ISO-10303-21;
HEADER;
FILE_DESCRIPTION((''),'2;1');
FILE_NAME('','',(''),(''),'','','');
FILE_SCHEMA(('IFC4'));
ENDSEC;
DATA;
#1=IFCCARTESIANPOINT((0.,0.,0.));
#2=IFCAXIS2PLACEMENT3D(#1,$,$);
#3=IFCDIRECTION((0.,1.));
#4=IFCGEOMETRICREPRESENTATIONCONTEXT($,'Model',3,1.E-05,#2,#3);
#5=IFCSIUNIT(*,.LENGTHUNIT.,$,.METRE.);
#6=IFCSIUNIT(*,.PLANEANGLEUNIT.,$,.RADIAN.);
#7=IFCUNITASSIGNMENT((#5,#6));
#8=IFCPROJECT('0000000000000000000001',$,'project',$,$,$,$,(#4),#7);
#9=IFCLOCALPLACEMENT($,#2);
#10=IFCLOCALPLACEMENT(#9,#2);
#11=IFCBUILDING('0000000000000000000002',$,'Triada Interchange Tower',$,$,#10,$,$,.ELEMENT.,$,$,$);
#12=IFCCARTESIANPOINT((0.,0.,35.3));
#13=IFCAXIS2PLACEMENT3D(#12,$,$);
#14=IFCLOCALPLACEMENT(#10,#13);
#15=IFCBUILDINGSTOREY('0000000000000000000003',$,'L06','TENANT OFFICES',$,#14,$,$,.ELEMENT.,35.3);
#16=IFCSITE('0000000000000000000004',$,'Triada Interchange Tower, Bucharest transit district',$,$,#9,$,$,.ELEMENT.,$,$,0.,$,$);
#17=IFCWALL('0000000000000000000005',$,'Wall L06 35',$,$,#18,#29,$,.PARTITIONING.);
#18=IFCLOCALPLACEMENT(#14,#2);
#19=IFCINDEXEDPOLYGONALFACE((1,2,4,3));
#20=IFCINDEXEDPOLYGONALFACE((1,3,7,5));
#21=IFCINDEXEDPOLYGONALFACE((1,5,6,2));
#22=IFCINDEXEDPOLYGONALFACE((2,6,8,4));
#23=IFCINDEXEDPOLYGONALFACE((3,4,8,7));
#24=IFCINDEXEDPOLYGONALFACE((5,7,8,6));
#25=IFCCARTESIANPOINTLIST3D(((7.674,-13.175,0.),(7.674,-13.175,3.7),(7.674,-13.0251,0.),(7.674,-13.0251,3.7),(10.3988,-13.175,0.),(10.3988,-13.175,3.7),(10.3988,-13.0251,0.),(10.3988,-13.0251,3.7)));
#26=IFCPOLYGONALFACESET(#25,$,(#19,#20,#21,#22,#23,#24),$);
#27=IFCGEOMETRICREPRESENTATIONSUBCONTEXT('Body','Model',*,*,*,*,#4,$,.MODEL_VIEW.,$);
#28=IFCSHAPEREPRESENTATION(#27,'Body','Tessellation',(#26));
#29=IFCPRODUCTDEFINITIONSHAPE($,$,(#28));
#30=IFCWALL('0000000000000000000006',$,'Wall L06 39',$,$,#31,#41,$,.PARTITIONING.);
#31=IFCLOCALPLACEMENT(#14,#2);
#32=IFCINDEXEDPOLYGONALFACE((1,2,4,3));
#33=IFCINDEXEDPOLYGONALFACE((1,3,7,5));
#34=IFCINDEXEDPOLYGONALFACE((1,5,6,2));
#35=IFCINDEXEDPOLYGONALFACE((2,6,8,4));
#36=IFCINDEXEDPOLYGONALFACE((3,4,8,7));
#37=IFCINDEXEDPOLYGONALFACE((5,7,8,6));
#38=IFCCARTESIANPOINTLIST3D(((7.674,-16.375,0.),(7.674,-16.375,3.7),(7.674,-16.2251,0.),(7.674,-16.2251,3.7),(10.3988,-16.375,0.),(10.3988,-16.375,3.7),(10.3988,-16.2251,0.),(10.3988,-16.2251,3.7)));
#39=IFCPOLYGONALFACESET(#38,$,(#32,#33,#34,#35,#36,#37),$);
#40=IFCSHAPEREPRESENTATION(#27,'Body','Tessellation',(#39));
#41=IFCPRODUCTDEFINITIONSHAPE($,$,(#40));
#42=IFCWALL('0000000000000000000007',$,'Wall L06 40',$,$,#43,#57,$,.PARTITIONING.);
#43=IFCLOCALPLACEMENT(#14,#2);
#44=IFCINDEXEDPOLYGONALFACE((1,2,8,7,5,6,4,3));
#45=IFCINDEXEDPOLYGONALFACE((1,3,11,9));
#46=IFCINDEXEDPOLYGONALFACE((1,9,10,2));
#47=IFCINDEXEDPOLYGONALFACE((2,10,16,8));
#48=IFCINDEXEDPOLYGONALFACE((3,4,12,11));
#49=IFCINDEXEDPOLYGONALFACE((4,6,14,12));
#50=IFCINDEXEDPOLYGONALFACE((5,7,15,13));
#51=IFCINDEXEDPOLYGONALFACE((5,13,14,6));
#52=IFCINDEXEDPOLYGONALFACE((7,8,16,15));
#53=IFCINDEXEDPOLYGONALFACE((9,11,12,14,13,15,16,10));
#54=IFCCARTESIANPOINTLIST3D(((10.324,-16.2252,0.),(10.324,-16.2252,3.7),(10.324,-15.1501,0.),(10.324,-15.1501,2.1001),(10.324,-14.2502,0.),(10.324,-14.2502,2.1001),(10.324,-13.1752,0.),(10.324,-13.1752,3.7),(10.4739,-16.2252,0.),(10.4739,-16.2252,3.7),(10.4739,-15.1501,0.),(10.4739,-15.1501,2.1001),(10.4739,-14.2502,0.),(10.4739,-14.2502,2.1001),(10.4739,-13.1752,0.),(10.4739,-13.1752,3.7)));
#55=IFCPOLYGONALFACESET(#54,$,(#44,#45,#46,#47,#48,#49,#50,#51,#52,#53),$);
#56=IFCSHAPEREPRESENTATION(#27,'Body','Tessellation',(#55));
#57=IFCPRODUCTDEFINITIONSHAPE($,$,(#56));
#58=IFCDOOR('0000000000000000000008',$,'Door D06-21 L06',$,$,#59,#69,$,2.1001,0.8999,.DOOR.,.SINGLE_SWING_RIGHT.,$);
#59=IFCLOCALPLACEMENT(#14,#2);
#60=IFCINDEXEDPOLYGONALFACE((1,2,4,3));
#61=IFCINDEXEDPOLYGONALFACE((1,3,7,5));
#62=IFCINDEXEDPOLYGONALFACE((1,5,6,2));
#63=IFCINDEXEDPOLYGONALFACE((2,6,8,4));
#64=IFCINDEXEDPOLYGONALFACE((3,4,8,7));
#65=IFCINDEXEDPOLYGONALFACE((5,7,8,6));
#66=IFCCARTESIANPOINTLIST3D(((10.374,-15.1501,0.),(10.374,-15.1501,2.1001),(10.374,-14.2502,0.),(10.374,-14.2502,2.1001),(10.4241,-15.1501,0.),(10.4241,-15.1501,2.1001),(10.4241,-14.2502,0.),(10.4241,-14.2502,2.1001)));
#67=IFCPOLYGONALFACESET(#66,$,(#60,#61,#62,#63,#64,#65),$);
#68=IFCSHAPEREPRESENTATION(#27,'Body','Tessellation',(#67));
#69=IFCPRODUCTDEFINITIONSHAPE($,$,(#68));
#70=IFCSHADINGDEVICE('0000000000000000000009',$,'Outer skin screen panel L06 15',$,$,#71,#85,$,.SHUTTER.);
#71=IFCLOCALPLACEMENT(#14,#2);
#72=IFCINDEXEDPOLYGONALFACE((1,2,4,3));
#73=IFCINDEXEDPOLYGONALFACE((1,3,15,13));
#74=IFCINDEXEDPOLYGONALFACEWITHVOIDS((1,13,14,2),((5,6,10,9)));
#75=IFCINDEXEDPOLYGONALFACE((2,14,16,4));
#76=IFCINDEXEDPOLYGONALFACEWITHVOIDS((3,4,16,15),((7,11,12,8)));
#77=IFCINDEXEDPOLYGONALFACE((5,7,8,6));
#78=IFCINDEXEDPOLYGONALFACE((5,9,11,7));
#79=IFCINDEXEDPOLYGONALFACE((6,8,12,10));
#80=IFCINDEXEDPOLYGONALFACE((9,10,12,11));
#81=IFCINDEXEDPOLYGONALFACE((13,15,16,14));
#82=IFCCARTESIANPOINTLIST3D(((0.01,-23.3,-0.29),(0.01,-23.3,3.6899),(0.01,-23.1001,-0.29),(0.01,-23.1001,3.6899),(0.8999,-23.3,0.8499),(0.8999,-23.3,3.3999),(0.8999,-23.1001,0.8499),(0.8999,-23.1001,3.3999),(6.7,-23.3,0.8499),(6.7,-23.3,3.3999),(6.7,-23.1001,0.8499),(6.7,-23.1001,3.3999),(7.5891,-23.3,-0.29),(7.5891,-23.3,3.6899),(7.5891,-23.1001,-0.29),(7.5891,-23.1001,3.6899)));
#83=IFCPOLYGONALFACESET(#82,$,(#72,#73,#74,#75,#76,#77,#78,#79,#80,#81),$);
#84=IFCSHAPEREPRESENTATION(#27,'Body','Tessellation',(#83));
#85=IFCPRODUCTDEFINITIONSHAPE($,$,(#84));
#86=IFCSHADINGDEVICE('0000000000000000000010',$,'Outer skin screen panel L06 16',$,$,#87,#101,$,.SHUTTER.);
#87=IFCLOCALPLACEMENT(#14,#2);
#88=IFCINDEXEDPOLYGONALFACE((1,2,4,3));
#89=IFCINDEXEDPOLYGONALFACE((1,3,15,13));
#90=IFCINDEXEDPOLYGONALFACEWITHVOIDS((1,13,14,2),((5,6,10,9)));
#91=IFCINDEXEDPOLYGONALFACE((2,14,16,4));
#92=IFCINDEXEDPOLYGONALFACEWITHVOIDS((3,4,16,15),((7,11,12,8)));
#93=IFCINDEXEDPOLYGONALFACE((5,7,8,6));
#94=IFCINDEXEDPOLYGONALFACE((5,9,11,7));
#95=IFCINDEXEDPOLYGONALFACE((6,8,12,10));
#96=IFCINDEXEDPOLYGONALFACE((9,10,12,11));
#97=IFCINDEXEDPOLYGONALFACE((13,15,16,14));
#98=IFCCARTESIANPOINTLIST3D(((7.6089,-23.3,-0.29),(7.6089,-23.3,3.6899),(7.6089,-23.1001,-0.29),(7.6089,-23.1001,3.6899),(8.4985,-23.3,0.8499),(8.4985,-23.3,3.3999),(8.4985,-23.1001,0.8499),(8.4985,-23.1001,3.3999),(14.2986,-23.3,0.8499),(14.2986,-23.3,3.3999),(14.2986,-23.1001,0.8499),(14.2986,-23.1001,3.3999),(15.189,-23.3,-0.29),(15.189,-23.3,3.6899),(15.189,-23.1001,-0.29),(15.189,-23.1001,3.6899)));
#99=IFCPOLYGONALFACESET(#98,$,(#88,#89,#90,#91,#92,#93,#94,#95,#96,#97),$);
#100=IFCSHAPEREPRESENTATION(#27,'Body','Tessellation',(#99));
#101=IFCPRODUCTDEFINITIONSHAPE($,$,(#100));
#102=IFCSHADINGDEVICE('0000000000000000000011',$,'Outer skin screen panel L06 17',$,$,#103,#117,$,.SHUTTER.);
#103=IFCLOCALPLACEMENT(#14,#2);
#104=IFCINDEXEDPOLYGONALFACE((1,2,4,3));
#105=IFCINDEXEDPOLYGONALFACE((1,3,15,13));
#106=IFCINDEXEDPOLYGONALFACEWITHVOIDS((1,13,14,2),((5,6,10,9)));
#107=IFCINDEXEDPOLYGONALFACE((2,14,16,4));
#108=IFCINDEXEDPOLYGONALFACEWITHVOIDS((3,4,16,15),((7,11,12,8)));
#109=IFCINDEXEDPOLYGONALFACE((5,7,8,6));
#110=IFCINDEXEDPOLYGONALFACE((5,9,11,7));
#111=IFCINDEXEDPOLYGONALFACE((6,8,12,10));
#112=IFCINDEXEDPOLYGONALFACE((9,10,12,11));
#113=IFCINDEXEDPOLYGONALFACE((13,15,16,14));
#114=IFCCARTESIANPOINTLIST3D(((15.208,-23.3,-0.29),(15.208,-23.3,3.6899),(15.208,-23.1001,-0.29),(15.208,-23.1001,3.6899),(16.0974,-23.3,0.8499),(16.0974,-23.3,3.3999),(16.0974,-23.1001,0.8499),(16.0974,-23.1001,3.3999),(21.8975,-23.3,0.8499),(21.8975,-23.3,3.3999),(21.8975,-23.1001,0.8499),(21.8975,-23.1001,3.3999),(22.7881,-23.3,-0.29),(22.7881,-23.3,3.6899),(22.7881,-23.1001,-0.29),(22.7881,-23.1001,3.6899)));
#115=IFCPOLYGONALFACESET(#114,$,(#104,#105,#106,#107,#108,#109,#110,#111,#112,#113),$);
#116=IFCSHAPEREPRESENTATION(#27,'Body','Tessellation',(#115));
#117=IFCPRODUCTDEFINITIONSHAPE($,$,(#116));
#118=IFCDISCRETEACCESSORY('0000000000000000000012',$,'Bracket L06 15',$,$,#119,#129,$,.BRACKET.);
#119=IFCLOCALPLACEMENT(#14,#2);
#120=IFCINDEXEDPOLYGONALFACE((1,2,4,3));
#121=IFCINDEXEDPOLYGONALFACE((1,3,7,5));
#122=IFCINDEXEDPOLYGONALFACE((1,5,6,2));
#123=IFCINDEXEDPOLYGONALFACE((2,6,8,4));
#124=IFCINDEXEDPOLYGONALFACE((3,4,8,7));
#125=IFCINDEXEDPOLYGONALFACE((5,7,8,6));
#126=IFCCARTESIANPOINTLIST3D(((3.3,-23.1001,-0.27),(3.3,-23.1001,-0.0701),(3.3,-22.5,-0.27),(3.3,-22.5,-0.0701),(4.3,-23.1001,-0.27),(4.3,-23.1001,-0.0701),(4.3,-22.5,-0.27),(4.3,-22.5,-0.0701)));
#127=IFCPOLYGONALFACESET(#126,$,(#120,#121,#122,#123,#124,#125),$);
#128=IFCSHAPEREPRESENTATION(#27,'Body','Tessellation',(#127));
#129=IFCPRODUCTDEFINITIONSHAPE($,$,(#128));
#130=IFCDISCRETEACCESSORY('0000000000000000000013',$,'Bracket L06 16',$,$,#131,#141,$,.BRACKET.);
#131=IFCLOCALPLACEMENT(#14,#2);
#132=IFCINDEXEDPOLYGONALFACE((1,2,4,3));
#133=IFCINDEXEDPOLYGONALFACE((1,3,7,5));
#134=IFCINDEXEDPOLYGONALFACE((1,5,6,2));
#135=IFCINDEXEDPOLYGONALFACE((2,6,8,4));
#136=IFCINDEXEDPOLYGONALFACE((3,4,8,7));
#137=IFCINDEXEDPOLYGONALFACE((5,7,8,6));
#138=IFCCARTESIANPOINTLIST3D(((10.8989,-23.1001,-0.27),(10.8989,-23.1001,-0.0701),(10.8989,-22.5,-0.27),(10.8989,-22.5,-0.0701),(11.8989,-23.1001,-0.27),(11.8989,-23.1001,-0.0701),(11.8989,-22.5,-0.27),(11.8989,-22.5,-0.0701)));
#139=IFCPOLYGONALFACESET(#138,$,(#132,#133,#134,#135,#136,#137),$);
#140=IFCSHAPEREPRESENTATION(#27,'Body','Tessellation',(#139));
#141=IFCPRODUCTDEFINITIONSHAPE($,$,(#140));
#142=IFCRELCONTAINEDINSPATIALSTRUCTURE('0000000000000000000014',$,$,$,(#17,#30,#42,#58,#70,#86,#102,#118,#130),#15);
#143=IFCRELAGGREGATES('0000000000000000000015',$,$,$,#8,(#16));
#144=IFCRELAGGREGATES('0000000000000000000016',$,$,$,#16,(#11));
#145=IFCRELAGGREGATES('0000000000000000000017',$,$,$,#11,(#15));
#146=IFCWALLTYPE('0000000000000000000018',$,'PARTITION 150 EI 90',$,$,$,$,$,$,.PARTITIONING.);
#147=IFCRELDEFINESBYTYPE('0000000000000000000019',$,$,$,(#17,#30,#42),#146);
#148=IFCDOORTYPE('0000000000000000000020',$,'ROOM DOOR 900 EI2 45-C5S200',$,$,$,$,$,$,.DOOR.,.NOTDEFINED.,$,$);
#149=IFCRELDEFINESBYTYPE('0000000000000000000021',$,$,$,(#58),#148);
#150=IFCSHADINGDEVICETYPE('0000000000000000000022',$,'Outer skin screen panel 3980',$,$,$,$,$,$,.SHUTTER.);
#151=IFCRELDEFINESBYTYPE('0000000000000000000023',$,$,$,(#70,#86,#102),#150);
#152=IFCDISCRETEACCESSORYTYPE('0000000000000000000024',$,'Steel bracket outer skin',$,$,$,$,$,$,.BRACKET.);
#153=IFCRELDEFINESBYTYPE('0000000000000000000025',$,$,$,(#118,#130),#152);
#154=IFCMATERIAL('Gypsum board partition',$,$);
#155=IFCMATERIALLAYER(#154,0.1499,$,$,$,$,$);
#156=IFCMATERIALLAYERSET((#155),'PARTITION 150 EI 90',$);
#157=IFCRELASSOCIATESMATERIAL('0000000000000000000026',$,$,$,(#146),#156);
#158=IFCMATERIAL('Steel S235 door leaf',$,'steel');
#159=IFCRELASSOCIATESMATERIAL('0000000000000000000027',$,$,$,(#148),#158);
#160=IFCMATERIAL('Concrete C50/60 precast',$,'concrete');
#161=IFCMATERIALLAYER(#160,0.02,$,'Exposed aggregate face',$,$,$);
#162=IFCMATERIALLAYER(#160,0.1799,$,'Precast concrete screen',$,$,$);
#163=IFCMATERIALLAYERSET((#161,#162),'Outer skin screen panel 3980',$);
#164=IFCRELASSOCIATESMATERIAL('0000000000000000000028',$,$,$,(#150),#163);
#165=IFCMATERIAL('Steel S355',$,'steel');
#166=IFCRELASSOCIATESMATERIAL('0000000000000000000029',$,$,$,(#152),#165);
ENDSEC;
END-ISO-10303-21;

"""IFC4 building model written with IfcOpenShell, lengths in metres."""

from ifc_helpers import new_model, si_unit, direction, frame, frame_2d, origin, origin_2d, place, context, subcontext, project, spatial, polyline, rectangle, outline, extrude, material, layer, layer_set, type_object, element, fill, save


model = new_model("IFC4")

# Units and contexts
model_context = context("Model", 3, precision=1e-05, world=origin(), true_north=direction((0.0, 1.0)))
body_context = subcontext(model_context, "Body", "Model", "MODEL_VIEW")
ifc_project = project(units=[si_unit("LENGTHUNIT", "METRE"), si_unit("PLANEANGLEUNIT", "RADIAN")], contexts=[model_context])

# Site, building, storey
site_placement = place(None, origin())
site = spatial("IfcSite", under=ifc_project, at=site_placement, Name="Triada Interchange Tower, Bucharest transit district", CompositionType="ELEMENT", RefElevation=0.0)
building_placement = place(site_placement, origin())
building = spatial("IfcBuilding", under=site, at=building_placement, Name="Triada Interchange Tower", CompositionType="ELEMENT")
storey_placement = place(building_placement, frame((0.0, 0.0, 35.3)))
storey = spatial("IfcBuildingStorey", under=building, at=storey_placement, Name="L06", Description="TENANT OFFICES", CompositionType="ELEMENT", Elevation=35.3)

# Shared definitions
ifc_material_1 = material(Name="Steel S235 door leaf", Category="steel")

# Walls
ifc_material_2 = material(Name="Gypsum board partition")
ifc_layer_1 = layer(ifc_material_2, 0.1499)
ifc_layer_set_1 = layer_set([ifc_layer_1], Name="PARTITION 150 EI 90")
wall_type_1 = type_object("IfcWallType", Name="PARTITION 150 EI 90", PredefinedType="PARTITIONING", material=ifc_layer_set_1)
for number, where, z_axis, x_axis, name in (
    (1, (7.6741, -13.1001, 0.0), (0.0, 0.0, 1.0), (1.0, 0.0, 0.0), "Wall L06 35"),
    (2, (7.6741, -16.3, 0.0), (0.0, 0.0, 1.0), (1.0, 0.0, 0.0), "Wall L06 39"),
):
    element("IfcWall", number, at=place(storey_placement, frame(where, z_axis=z_axis, x_axis=x_axis)), inside=storey, type_object=wall_type_1, Name=name, PredefinedType="PARTITIONING", context=body_context, shape_type="SweptSolid", body=[
        extrude(rectangle(XDim=2.7249, YDim=0.1499, at=frame_2d((1.3623, 0.0))), origin(), (0.0, 0.0, 1.0), 3.7),
    ])

# Wall, opening, door
wall_1_placement = place(storey_placement, frame((10.3989, -16.2251, 0.0), z_axis=(0.0, 0.0, 1.0), x_axis=(0.0, 1.0, 0.0)))
wall_1 = element("IfcWall", 3, at=wall_1_placement, inside=storey, type_object=wall_type_1, Name="Wall L06 40", PredefinedType="PARTITIONING", context=body_context, shape_type="SweptSolid", body=[
    extrude(rectangle(XDim=3.05, YDim=0.1499, at=frame_2d((1.5249, 0.0))), origin(), (0.0, 0.0, 1.0), 3.7),
])
opening_1_placement = place(wall_1_placement, frame((1.075, 0.0, 0.0)))
opening_1 = element("IfcOpeningElement", 4, at=opening_1_placement, cuts=wall_1, PredefinedType="OPENING", context=body_context, shape_type="SweptSolid", body=[
    extrude(rectangle(XDim=0.8999, YDim=2.1001, at=frame_2d((0.45, 1.05))), frame((0.0, 0.085, 0.0), z_axis=(0.0, -1.0, 0.0), x_axis=(1.0, 0.0, 0.0)), (0.0, 0.0, 1.0), 0.1699),
])
door_type_1 = type_object("IfcDoorType", Name="ROOM DOOR 900 EI2 45-C5S200", OperationType="NOTDEFINED", PredefinedType="DOOR", material=ifc_material_1)
door_1_placement = place(opening_1_placement, origin())
door_1 = element("IfcDoor", 5, at=door_1_placement, inside=storey, type_object=door_type_1, Name="Door D06-21 L06", OperationType="SINGLE_SWING_RIGHT", OverallHeight=2.1001, OverallWidth=0.8999, PredefinedType="DOOR", context=body_context, shape_type="SweptSolid", body=[
    extrude(rectangle(XDim=0.8999, YDim=2.1001, at=frame_2d((0.45, 1.05))), frame((0.0, 0.0249, 0.0), z_axis=(0.0, -1.0, 0.0), x_axis=(1.0, 0.0, 0.0)), (0.0, 0.0, 1.0), 0.05),
])
fill(opening_1, door_1)

# Shading devices
ifc_material_3 = material(Name="Concrete C50/60 precast", Category="concrete")
ifc_layer_2 = layer(ifc_material_3, 0.02, Name="Exposed aggregate face")
ifc_layer_3 = layer(ifc_material_3, 0.1799, Name="Precast concrete screen")
ifc_layer_set_2 = layer_set([ifc_layer_2, ifc_layer_3], Name="Outer skin screen panel 3980")
shading_device_type = type_object("IfcShadingDeviceType", Name="Outer skin screen panel 3980", PredefinedType="SHUTTER", material=ifc_layer_set_2)
shading_device_1_placement = place(storey_placement, frame((0.01, -23.1001, -0.29), z_axis=(0.0, 0.0, 1.0), x_axis=(1.0, 0.0, 0.0)))
element("IfcShadingDevice", 6, at=shading_device_1_placement, inside=storey, type_object=shading_device_type, Name="Outer skin screen panel L06 15", PredefinedType="SHUTTER", context=body_context, shape_type="SweptSolid", body=[
    extrude(outline(polyline([(0.0, 0.0), (7.5791, 0.0), (7.5791, 3.98), (0.0, 3.98), (0.0, 0.0)]), holes=[polyline([(0.8899, 1.1399), (0.8899, 3.6899), (6.6899, 3.6899), (6.6899, 1.1399), (0.8899, 1.1399)])]), frame((0.0, 0.0, 0.0), z_axis=(0.0, -1.0, 0.0), x_axis=(1.0, 0.0, 0.0)), (0.0, 0.0, 1.0), 0.2),
])
shading_device_2_placement = place(storey_placement, frame((7.6089, -23.1001, -0.29), z_axis=(0.0, 0.0, 1.0), x_axis=(1.0, 0.0, 0.0)))
element("IfcShadingDevice", 7, at=shading_device_2_placement, inside=storey, type_object=shading_device_type, Name="Outer skin screen panel L06 16", PredefinedType="SHUTTER", context=body_context, shape_type="SweptSolid", body=[
    extrude(outline(polyline([(0.0, 0.0), (7.5801, 0.0), (7.5801, 3.98), (0.0, 3.98), (0.0, 0.0)]), holes=[polyline([(0.8896, 1.1399), (0.8896, 3.6899), (6.6897, 3.6899), (6.6897, 1.1399), (0.8896, 1.1399)])]), frame((0.0, 0.0, 0.0), z_axis=(0.0, -1.0, 0.0), x_axis=(1.0, 0.0, 0.0)), (0.0, 0.0, 1.0), 0.2),
])
shading_device_3_placement = place(storey_placement, frame((15.208, -23.1001, -0.29), z_axis=(0.0, 0.0, 1.0), x_axis=(1.0, 0.0, 0.0)))
element("IfcShadingDevice", 8, at=shading_device_3_placement, inside=storey, type_object=shading_device_type, Name="Outer skin screen panel L06 17", PredefinedType="SHUTTER", context=body_context, shape_type="SweptSolid", body=[
    extrude(outline(polyline([(0.0, 0.0), (7.5801, 0.0), (7.5801, 3.98), (0.0, 3.98), (0.0, 0.0)]), holes=[polyline([(0.8894, 1.1399), (0.8894, 3.6899), (6.6895, 3.6899), (6.6895, 1.1399), (0.8894, 1.1399)])]), frame((0.0, 0.0, 0.0), z_axis=(0.0, -1.0, 0.0), x_axis=(1.0, 0.0, 0.0)), (0.0, 0.0, 1.0), 0.2),
])

# Discrete accessories
ifc_material_4 = material(Name="Steel S355", Category="steel")
discrete_accessory_type = type_object("IfcDiscreteAccessoryType", Name="Steel bracket outer skin", PredefinedType="BRACKET", material=ifc_material_4)
for number, where, z_axis, x_axis, name in (
    (9, (3.8, -22.8, -0.27), (0.0, 0.0, 1.0), (0.0, -1.0, 0.0), "Bracket L06 15"),
    (10, (11.3989, -22.8, -0.27), (0.0, 0.0, 1.0), (0.0, -1.0, 0.0), "Bracket L06 16"),
):
    element("IfcDiscreteAccessory", number, at=place(storey_placement, frame(where, z_axis=z_axis, x_axis=x_axis)), inside=storey, type_object=discrete_accessory_type, Name=name, PredefinedType="BRACKET", context=body_context, shape_type="SweptSolid", body=[
        extrude(rectangle(XDim=0.6001, YDim=1.0, at=origin_2d()), origin(), (0.0, 0.0, 1.0), 0.2),
    ])

save(model, "model.ifc")
